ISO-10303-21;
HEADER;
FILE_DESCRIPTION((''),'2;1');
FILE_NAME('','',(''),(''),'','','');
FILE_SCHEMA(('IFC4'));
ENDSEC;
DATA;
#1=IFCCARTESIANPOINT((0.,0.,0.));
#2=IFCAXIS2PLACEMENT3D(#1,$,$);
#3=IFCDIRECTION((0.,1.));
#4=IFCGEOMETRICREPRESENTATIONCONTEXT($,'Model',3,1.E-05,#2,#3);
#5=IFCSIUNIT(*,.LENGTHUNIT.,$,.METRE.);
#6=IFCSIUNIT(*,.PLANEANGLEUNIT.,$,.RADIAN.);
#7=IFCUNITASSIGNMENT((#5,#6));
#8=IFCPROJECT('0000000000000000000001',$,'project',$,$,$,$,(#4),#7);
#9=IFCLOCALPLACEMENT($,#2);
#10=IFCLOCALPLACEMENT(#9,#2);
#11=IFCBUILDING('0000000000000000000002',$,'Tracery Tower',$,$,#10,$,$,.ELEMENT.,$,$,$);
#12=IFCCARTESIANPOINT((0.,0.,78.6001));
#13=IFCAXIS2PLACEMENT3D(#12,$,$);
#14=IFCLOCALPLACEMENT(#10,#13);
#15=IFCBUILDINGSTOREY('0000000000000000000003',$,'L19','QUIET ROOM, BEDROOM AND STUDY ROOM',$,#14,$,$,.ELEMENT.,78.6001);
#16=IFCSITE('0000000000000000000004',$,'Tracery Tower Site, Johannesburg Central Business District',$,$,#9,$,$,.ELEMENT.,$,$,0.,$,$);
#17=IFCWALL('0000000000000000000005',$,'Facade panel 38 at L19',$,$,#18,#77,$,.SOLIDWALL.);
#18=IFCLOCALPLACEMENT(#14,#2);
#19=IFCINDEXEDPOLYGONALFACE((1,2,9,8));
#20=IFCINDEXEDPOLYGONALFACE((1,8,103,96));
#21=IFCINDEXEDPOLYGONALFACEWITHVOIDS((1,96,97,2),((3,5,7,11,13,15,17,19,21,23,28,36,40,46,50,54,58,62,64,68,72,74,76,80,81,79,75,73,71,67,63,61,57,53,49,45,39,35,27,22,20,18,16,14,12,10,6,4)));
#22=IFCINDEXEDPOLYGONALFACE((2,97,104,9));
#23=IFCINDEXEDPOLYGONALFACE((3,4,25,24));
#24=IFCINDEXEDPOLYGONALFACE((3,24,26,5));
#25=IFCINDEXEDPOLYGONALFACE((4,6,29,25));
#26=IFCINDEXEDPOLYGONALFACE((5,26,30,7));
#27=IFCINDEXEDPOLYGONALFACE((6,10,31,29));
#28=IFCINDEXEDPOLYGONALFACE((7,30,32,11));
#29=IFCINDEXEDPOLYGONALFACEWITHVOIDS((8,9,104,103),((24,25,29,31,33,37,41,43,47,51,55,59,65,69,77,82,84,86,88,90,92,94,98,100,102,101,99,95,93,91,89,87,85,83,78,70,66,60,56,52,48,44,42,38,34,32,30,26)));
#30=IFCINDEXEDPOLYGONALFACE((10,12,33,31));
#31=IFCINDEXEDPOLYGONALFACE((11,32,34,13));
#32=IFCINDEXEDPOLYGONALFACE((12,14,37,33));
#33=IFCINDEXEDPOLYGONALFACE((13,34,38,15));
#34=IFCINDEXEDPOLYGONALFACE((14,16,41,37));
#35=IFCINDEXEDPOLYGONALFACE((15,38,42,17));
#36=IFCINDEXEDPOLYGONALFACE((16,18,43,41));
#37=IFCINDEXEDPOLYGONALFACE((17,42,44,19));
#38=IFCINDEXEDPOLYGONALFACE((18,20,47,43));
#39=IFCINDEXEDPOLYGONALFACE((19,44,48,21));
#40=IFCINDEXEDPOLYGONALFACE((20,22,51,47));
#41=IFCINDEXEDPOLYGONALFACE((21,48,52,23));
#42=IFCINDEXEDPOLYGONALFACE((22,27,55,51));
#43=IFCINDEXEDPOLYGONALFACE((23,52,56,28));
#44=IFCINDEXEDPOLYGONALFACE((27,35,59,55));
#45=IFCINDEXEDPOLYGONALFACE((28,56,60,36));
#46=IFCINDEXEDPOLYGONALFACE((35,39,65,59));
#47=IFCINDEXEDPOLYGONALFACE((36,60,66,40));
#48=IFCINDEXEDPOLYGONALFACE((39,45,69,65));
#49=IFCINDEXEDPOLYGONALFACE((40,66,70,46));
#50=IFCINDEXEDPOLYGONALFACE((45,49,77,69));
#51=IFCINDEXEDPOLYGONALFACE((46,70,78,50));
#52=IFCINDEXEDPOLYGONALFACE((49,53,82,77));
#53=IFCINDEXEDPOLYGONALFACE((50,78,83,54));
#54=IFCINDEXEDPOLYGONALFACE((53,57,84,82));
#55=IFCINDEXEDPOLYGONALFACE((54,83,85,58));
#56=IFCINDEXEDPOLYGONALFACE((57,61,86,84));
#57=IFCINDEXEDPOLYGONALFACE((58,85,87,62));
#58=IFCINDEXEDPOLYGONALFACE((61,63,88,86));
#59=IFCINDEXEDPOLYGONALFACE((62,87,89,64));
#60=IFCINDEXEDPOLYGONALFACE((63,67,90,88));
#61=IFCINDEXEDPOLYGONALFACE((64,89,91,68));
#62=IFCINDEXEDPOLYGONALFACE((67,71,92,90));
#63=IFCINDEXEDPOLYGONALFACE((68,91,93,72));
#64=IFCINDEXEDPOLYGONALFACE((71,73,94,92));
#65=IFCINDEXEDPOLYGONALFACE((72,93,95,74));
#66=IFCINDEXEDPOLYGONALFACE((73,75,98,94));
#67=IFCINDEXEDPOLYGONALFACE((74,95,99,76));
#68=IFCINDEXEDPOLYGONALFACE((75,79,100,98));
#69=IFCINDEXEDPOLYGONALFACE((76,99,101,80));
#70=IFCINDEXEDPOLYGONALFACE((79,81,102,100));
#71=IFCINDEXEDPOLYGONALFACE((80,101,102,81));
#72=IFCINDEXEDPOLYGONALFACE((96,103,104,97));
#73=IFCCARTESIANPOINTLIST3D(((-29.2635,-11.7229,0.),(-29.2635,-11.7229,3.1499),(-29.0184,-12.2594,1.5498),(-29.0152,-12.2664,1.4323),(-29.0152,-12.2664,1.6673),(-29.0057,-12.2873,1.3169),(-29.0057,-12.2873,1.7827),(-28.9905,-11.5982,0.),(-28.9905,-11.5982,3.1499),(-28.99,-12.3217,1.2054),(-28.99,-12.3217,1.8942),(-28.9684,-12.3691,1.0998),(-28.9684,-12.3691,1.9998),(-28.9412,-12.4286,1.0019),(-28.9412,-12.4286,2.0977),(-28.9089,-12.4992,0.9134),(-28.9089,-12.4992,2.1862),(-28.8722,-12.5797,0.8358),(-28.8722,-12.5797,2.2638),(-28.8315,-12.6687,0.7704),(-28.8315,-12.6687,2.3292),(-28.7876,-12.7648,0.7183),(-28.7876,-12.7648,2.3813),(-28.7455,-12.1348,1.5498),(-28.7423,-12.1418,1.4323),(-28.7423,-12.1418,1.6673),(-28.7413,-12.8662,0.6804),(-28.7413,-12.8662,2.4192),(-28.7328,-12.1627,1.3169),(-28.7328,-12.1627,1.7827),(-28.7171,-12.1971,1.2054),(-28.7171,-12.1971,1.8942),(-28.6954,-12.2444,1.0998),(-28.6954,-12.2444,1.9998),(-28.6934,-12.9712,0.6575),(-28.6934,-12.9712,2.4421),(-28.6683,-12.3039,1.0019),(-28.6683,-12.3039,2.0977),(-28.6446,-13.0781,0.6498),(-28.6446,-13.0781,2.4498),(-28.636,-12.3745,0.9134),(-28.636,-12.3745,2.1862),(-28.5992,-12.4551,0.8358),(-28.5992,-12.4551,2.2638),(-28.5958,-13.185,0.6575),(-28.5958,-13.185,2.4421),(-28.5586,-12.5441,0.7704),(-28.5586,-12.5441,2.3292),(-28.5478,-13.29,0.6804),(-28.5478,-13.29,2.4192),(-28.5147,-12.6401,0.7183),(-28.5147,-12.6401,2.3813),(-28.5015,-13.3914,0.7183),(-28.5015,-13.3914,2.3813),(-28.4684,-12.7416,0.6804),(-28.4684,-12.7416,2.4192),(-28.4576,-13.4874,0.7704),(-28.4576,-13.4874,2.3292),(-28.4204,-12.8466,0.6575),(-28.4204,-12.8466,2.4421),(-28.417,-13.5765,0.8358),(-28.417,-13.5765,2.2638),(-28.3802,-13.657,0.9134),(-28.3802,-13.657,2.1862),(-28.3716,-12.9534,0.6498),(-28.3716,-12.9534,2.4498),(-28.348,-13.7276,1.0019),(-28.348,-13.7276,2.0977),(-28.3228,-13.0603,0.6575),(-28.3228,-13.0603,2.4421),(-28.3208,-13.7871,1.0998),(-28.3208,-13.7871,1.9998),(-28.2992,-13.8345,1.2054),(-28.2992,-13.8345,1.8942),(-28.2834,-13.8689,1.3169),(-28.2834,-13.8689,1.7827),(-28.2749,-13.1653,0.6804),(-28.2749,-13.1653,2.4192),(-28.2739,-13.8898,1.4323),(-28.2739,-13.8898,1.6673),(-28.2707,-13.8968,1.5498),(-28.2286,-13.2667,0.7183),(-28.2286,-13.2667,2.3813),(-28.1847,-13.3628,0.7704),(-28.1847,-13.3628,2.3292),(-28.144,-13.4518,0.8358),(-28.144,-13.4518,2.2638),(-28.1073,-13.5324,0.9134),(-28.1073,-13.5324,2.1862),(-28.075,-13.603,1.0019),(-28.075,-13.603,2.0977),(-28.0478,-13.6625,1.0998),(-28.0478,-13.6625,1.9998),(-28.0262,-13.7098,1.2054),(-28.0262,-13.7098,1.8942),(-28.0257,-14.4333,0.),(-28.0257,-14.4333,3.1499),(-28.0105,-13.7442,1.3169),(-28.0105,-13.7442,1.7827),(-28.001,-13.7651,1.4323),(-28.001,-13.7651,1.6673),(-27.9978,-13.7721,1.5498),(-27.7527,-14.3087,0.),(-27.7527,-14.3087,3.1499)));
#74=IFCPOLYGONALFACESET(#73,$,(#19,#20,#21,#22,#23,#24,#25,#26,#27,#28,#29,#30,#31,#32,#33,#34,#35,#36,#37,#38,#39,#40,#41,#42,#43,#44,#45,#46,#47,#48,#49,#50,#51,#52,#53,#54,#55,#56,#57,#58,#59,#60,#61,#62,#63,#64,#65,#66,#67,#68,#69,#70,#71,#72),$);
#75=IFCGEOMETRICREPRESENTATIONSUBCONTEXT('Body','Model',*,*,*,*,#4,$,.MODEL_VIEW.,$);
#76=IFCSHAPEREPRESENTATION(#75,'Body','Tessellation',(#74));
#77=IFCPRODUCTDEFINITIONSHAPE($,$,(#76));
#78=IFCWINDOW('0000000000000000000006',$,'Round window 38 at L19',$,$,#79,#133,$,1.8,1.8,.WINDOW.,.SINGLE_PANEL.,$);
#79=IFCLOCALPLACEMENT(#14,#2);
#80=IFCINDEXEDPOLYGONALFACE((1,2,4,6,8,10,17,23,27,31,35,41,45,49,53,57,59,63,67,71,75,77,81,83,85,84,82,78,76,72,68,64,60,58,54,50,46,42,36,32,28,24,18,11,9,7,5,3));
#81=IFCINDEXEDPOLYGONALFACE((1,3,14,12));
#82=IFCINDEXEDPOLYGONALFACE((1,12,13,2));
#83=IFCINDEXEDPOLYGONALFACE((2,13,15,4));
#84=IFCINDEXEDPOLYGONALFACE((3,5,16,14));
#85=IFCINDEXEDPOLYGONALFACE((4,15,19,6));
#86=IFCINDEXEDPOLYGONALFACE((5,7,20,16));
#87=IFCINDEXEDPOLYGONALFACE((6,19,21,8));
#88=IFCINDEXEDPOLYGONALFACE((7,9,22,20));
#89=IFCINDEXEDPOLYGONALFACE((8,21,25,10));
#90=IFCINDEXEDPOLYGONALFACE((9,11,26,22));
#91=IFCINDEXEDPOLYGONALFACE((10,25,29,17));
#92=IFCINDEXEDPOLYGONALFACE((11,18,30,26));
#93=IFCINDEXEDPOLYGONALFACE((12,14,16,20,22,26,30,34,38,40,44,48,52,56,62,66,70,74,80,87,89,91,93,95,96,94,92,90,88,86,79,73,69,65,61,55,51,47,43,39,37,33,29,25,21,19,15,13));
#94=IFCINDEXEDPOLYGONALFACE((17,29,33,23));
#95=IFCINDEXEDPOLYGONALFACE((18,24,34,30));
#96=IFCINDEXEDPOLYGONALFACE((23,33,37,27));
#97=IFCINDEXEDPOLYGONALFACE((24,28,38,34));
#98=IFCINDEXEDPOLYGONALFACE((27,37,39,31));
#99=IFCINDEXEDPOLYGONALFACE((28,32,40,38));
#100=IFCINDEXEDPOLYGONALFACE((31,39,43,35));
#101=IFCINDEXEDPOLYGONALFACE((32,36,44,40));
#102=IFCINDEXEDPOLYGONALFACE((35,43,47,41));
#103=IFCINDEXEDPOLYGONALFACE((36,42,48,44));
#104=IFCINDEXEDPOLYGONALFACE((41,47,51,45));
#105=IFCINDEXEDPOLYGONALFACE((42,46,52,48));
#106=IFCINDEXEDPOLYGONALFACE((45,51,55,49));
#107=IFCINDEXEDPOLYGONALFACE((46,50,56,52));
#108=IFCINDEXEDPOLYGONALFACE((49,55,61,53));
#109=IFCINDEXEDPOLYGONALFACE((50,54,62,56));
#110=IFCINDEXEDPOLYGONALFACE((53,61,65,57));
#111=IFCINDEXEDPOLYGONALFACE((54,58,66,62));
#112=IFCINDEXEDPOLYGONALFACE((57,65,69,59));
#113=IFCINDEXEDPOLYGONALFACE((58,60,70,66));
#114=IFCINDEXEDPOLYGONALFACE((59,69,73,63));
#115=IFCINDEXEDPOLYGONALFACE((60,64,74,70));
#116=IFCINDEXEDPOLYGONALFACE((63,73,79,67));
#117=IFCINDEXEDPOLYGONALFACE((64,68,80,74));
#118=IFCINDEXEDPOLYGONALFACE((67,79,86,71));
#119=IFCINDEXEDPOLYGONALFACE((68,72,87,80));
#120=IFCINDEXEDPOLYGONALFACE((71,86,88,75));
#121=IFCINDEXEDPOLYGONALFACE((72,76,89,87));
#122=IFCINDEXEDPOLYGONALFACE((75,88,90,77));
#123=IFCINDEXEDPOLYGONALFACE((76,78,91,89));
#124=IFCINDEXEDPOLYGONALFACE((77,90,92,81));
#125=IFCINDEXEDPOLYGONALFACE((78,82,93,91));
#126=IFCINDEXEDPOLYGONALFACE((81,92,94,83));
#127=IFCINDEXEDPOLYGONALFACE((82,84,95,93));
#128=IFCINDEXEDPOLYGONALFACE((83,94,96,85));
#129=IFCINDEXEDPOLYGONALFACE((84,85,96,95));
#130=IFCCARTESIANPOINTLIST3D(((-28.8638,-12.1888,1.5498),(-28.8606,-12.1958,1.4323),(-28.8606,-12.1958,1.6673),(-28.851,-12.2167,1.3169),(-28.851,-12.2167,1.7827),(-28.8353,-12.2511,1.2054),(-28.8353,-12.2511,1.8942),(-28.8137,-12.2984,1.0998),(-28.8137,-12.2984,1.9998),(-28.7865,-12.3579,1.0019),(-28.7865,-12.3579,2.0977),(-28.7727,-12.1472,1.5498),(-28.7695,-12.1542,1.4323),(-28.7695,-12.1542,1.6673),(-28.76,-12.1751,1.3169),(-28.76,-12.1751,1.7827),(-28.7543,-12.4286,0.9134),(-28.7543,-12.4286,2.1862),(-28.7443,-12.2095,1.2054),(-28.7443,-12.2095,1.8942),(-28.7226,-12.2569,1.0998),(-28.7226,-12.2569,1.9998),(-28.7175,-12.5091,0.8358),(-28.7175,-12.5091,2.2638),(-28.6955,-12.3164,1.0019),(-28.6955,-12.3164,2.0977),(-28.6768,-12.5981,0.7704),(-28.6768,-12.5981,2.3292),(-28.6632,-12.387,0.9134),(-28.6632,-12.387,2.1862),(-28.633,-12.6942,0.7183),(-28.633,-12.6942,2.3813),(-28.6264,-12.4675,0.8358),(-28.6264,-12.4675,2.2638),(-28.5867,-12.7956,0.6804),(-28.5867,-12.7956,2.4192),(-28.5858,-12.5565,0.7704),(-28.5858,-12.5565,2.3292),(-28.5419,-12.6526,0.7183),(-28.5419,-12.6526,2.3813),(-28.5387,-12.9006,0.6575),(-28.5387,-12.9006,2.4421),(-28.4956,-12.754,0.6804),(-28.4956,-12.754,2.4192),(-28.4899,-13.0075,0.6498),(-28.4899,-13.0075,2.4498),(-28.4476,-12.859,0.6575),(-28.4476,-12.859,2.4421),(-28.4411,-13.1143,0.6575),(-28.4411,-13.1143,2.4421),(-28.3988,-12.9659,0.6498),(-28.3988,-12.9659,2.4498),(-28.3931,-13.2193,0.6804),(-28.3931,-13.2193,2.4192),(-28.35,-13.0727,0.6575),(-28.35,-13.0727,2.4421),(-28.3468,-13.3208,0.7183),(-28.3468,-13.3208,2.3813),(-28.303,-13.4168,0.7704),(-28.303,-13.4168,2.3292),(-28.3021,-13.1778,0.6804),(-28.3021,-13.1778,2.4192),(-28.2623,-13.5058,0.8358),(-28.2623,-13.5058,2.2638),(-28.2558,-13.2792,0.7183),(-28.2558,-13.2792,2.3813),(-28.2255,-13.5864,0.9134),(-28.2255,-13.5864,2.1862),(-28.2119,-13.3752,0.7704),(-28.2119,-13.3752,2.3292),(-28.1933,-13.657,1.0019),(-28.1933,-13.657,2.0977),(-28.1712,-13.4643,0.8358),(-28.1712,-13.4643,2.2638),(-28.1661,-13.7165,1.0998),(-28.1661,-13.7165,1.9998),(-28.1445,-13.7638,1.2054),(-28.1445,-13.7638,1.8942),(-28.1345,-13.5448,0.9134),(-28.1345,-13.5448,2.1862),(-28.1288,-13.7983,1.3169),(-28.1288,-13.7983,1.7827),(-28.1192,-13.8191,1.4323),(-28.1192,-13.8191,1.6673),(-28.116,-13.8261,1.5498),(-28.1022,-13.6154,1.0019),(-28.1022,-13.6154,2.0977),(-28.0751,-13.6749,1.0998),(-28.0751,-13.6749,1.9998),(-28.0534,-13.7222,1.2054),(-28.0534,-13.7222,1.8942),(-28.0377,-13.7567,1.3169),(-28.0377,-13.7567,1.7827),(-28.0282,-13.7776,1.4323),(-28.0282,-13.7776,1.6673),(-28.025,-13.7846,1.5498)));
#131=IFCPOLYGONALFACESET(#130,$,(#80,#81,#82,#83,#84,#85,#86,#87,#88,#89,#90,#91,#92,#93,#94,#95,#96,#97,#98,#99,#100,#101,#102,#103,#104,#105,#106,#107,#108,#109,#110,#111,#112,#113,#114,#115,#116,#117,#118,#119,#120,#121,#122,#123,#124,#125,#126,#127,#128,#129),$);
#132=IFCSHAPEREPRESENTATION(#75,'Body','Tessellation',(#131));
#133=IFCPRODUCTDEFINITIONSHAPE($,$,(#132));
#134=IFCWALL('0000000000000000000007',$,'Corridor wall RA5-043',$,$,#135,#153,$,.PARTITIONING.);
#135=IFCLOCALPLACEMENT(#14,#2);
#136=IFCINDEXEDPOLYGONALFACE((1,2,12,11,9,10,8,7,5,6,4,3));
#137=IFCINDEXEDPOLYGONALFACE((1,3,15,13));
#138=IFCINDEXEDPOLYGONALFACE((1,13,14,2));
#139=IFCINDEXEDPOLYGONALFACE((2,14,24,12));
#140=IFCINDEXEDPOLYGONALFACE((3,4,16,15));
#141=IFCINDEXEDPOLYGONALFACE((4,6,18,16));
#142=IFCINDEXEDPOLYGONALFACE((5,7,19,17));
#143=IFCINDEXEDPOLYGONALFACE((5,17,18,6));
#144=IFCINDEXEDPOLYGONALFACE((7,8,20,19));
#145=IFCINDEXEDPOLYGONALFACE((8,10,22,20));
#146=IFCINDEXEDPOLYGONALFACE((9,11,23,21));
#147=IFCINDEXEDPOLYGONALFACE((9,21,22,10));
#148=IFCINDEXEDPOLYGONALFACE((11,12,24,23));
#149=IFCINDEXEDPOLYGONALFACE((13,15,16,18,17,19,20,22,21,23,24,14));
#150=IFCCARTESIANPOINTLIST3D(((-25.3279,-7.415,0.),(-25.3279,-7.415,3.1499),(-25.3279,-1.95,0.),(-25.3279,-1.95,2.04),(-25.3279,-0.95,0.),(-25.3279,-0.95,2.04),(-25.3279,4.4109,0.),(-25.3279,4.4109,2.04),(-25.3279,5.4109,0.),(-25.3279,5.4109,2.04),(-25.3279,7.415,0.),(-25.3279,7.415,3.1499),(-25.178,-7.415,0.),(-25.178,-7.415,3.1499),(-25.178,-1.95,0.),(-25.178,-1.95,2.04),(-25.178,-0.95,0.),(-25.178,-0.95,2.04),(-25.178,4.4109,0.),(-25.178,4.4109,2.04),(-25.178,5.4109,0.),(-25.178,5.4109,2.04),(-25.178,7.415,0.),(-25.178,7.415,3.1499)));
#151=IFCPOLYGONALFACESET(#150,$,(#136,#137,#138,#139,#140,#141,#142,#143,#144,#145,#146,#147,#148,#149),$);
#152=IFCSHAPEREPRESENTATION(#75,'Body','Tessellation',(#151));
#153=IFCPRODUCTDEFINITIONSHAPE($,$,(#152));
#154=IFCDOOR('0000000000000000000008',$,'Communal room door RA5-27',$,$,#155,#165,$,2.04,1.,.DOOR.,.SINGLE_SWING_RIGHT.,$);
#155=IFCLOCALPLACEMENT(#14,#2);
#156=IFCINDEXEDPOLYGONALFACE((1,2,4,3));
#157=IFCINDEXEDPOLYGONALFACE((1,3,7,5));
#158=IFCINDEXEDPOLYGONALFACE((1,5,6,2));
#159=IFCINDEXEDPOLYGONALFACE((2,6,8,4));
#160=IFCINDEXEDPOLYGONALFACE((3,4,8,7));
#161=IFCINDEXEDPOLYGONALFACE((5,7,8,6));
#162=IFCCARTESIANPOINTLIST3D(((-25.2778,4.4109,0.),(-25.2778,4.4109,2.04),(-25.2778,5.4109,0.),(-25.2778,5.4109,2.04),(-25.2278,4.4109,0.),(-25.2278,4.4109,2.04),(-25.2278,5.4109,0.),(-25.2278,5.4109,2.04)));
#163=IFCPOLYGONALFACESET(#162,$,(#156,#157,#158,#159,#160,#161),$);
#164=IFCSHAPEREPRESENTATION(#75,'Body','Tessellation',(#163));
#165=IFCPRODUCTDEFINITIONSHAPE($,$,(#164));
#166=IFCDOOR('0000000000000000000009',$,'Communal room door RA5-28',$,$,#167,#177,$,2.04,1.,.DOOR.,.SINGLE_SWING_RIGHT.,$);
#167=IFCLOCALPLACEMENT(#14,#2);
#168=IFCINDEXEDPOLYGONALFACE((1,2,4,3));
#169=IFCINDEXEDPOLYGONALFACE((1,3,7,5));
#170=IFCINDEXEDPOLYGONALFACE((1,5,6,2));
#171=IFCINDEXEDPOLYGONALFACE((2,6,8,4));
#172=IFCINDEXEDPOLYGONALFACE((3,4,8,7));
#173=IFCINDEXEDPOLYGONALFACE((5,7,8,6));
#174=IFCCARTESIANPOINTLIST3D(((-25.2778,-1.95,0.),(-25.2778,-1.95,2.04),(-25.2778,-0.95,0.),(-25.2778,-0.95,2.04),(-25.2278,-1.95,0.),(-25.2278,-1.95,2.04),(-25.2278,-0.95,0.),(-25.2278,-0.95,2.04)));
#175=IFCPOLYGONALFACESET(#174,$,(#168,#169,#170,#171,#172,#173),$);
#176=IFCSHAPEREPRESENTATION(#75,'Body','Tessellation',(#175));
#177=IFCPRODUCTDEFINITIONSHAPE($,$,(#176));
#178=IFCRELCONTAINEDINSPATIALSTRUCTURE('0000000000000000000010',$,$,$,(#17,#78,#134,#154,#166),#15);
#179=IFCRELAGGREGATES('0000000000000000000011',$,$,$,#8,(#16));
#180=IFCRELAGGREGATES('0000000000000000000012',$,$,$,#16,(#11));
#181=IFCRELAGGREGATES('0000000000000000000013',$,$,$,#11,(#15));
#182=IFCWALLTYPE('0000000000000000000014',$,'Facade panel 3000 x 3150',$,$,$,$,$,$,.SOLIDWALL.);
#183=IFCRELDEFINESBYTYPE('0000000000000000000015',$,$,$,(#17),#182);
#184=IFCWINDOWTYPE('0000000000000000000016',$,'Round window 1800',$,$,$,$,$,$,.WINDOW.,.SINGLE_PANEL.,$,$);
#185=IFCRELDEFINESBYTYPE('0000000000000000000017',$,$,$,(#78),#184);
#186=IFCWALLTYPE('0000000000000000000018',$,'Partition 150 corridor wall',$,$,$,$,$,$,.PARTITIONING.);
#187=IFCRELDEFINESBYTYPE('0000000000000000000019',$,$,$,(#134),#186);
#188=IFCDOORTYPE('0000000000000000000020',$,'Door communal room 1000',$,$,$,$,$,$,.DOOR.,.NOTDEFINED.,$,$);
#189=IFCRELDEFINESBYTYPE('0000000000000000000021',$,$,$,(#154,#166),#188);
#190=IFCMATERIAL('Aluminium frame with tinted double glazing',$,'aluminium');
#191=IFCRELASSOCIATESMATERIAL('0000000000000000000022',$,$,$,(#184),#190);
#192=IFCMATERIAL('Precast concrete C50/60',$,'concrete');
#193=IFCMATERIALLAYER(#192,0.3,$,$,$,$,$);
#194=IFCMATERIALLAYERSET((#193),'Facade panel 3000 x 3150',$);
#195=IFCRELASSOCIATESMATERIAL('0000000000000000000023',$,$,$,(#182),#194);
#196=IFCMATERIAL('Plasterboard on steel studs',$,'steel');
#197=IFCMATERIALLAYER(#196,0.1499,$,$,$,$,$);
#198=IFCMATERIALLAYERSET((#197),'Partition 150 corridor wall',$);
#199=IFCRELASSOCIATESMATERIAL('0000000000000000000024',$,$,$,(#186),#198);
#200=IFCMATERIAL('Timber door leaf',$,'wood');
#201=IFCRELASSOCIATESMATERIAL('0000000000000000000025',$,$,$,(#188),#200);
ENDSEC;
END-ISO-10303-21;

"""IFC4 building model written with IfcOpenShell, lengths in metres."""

from ifc_helpers import new_model, si_unit, direction, frame, frame_2d, origin, origin_2d, place, context, subcontext, project, spatial, rectangle, circle, extrude, material, layer, layer_set, type_object, element, fill, save


model = new_model("IFC4")

# Units and contexts
model_context = context("Model", 3, precision=1e-05, world=origin(), true_north=direction((0.0, 1.0)))
body_context = subcontext(model_context, "Body", "Model", "MODEL_VIEW")
ifc_project = project(units=[si_unit("LENGTHUNIT", "METRE"), si_unit("PLANEANGLEUNIT", "RADIAN")], contexts=[model_context])

# Site, building, storey
site_placement = place(None, origin())
site = spatial("IfcSite", under=ifc_project, at=site_placement, Name="Tracery Tower Site, Johannesburg Central Business District", CompositionType="ELEMENT", RefElevation=0.0)
building_placement = place(site_placement, origin())
building = spatial("IfcBuilding", under=site, at=building_placement, Name="Tracery Tower", CompositionType="ELEMENT")
storey_placement = place(building_placement, frame((0.0, 0.0, 78.6001)))
storey = spatial("IfcBuildingStorey", under=building, at=storey_placement, Name="L19", Description="QUIET ROOM, BEDROOM AND STUDY ROOM", CompositionType="ELEMENT", Elevation=78.6001)

# Wall, opening, window
ifc_material_1 = material(Name="Aluminium frame with tinted double glazing", Category="aluminium")
window_type = type_object("IfcWindowType", Name="Round window 1800", PartitioningType="SINGLE_PANEL", PredefinedType="WINDOW", material=ifc_material_1)
ifc_material_2 = material(Name="Precast concrete C50/60", Category="concrete")
ifc_layer_1 = layer(ifc_material_2, 0.3)
ifc_layer_set_1 = layer_set([ifc_layer_1], Name="Facade panel 3000 x 3150")
wall_type_1 = type_object("IfcWallType", Name="Facade panel 3000 x 3150", PredefinedType="SOLIDWALL", material=ifc_layer_set_1)
wall_1_placement = place(storey_placement, frame((-29.127, -11.6606, 0.0), z_axis=(0.0, 0.0, 1.0), x_axis=(0.415407, -0.909636, 0.0)))
wall_1 = element("IfcWall", 1, at=wall_1_placement, inside=storey, type_object=wall_type_1, Name="Facade panel 38 at L19", PredefinedType="SOLIDWALL", context=body_context, shape_type="SweptSolid", body=[
    extrude(rectangle(XDim=2.9797, YDim=0.3, at=frame_2d((1.4897, 0.0))), origin(), (0.0, 0.0, 1.0), 3.1499),
])
opening_1_placement = place(wall_1_placement, frame((1.4897, 0.0, 1.5498)))
opening_1 = element("IfcOpeningElement", 2, at=opening_1_placement, cuts=wall_1, PredefinedType="OPENING", context=body_context, shape_type="SweptSolid", body=[
    extrude(circle(Radius=0.9, at=origin_2d()), frame((0.0, 0.1599, 0.0), z_axis=(0.0, -1.0, 0.0), x_axis=(1.0, 0.0, 0.0)), (0.0, 0.0, 1.0), 0.3201),
])
window_1_placement = place(opening_1_placement, origin())
window_1 = element("IfcWindow", 3, at=window_1_placement, inside=storey, type_object=window_type, Name="Round window 38 at L19", OverallHeight=1.8, OverallWidth=1.8, PartitioningType="SINGLE_PANEL", PredefinedType="WINDOW", context=body_context, shape_type="SweptSolid", body=[
    extrude(circle(Radius=0.9, at=origin_2d()), frame((0.0, 0.1201, 0.0), z_axis=(0.0, -1.0, 0.0), x_axis=(1.0, 0.0, 0.0)), (0.0, 0.0, 1.0), 0.1001),
])
fill(opening_1, window_1)

# Wall, openings, doors
ifc_material_3 = material(Name="Plasterboard on steel studs", Category="steel")
ifc_layer_2 = layer(ifc_material_3, 0.1499)
ifc_layer_set_2 = layer_set([ifc_layer_2], Name="Partition 150 corridor wall")
wall_type_2 = type_object("IfcWallType", Name="Partition 150 corridor wall", PredefinedType="PARTITIONING", material=ifc_layer_set_2)
wall_2_placement = place(storey_placement, frame((-25.2529, -7.415, 0.0), z_axis=(0.0, 0.0, 1.0), x_axis=(0.0, 1.0, 0.0)))
wall_2 = element("IfcWall", 4, at=wall_2_placement, inside=storey, type_object=wall_type_2, Name="Corridor wall RA5-043", PredefinedType="PARTITIONING", context=body_context, shape_type="SweptSolid", body=[
    extrude(rectangle(XDim=14.8301, YDim=0.1499, at=frame_2d((7.415, 0.0))), origin(), (0.0, 0.0, 1.0), 3.1499),
])
opening_2_placement = place(wall_2_placement, frame((11.8259, 0.0, 0.0)))
opening_2 = element("IfcOpeningElement", 5, at=opening_2_placement, cuts=wall_2, PredefinedType="OPENING", context=body_context, shape_type="SweptSolid", body=[
    extrude(rectangle(XDim=1.0, YDim=2.04, at=frame_2d((0.5, 1.02))), frame((0.0, 0.075, 0.0), z_axis=(0.0, -1.0, 0.0), x_axis=(1.0, 0.0, 0.0)), (0.0, 0.0, 1.0), 0.1499),
])
opening_3_placement = place(wall_2_placement, frame((5.4651, 0.0, 0.0)))
opening_3 = element("IfcOpeningElement", 6, at=opening_3_placement, cuts=wall_2, PredefinedType="OPENING", context=body_context, shape_type="SweptSolid", body=[
    extrude(rectangle(XDim=1.0, YDim=2.04, at=frame_2d((0.5, 1.02))), frame((0.0, 0.075, 0.0), z_axis=(0.0, -1.0, 0.0), x_axis=(1.0, 0.0, 0.0)), (0.0, 0.0, 1.0), 0.1499),
])
ifc_material_4 = material(Name="Timber door leaf", Category="wood")
door_type = type_object("IfcDoorType", Name="Door communal room 1000", OperationType="NOTDEFINED", PredefinedType="DOOR", material=ifc_material_4)
door_1_placement = place(opening_2_placement, origin())
door_1 = element("IfcDoor", 7, at=door_1_placement, inside=storey, type_object=door_type, Name="Communal room door RA5-27", OperationType="SINGLE_SWING_RIGHT", OverallHeight=2.04, OverallWidth=1.0, PredefinedType="DOOR", context=body_context, shape_type="SweptSolid", body=[
    extrude(rectangle(XDim=1.0, YDim=2.04, at=frame_2d((0.5, 1.02))), frame((0.0, 0.0249, 0.0), z_axis=(0.0, -1.0, 0.0), x_axis=(1.0, 0.0, 0.0)), (0.0, 0.0, 1.0), 0.05),
])
fill(opening_2, door_1)
door_2_placement = place(opening_3_placement, origin())
door_2 = element("IfcDoor", 8, at=door_2_placement, inside=storey, type_object=door_type, Name="Communal room door RA5-28", OperationType="SINGLE_SWING_RIGHT", OverallHeight=2.04, OverallWidth=1.0, PredefinedType="DOOR", context=body_context, shape_type="SweptSolid", body=[
    extrude(rectangle(XDim=1.0, YDim=2.04, at=frame_2d((0.5, 1.02))), frame((0.0, 0.0249, 0.0), z_axis=(0.0, -1.0, 0.0), x_axis=(1.0, 0.0, 0.0)), (0.0, 0.0, 1.0), 0.05),
])
fill(opening_3, door_2)

save(model, "model.ifc")
